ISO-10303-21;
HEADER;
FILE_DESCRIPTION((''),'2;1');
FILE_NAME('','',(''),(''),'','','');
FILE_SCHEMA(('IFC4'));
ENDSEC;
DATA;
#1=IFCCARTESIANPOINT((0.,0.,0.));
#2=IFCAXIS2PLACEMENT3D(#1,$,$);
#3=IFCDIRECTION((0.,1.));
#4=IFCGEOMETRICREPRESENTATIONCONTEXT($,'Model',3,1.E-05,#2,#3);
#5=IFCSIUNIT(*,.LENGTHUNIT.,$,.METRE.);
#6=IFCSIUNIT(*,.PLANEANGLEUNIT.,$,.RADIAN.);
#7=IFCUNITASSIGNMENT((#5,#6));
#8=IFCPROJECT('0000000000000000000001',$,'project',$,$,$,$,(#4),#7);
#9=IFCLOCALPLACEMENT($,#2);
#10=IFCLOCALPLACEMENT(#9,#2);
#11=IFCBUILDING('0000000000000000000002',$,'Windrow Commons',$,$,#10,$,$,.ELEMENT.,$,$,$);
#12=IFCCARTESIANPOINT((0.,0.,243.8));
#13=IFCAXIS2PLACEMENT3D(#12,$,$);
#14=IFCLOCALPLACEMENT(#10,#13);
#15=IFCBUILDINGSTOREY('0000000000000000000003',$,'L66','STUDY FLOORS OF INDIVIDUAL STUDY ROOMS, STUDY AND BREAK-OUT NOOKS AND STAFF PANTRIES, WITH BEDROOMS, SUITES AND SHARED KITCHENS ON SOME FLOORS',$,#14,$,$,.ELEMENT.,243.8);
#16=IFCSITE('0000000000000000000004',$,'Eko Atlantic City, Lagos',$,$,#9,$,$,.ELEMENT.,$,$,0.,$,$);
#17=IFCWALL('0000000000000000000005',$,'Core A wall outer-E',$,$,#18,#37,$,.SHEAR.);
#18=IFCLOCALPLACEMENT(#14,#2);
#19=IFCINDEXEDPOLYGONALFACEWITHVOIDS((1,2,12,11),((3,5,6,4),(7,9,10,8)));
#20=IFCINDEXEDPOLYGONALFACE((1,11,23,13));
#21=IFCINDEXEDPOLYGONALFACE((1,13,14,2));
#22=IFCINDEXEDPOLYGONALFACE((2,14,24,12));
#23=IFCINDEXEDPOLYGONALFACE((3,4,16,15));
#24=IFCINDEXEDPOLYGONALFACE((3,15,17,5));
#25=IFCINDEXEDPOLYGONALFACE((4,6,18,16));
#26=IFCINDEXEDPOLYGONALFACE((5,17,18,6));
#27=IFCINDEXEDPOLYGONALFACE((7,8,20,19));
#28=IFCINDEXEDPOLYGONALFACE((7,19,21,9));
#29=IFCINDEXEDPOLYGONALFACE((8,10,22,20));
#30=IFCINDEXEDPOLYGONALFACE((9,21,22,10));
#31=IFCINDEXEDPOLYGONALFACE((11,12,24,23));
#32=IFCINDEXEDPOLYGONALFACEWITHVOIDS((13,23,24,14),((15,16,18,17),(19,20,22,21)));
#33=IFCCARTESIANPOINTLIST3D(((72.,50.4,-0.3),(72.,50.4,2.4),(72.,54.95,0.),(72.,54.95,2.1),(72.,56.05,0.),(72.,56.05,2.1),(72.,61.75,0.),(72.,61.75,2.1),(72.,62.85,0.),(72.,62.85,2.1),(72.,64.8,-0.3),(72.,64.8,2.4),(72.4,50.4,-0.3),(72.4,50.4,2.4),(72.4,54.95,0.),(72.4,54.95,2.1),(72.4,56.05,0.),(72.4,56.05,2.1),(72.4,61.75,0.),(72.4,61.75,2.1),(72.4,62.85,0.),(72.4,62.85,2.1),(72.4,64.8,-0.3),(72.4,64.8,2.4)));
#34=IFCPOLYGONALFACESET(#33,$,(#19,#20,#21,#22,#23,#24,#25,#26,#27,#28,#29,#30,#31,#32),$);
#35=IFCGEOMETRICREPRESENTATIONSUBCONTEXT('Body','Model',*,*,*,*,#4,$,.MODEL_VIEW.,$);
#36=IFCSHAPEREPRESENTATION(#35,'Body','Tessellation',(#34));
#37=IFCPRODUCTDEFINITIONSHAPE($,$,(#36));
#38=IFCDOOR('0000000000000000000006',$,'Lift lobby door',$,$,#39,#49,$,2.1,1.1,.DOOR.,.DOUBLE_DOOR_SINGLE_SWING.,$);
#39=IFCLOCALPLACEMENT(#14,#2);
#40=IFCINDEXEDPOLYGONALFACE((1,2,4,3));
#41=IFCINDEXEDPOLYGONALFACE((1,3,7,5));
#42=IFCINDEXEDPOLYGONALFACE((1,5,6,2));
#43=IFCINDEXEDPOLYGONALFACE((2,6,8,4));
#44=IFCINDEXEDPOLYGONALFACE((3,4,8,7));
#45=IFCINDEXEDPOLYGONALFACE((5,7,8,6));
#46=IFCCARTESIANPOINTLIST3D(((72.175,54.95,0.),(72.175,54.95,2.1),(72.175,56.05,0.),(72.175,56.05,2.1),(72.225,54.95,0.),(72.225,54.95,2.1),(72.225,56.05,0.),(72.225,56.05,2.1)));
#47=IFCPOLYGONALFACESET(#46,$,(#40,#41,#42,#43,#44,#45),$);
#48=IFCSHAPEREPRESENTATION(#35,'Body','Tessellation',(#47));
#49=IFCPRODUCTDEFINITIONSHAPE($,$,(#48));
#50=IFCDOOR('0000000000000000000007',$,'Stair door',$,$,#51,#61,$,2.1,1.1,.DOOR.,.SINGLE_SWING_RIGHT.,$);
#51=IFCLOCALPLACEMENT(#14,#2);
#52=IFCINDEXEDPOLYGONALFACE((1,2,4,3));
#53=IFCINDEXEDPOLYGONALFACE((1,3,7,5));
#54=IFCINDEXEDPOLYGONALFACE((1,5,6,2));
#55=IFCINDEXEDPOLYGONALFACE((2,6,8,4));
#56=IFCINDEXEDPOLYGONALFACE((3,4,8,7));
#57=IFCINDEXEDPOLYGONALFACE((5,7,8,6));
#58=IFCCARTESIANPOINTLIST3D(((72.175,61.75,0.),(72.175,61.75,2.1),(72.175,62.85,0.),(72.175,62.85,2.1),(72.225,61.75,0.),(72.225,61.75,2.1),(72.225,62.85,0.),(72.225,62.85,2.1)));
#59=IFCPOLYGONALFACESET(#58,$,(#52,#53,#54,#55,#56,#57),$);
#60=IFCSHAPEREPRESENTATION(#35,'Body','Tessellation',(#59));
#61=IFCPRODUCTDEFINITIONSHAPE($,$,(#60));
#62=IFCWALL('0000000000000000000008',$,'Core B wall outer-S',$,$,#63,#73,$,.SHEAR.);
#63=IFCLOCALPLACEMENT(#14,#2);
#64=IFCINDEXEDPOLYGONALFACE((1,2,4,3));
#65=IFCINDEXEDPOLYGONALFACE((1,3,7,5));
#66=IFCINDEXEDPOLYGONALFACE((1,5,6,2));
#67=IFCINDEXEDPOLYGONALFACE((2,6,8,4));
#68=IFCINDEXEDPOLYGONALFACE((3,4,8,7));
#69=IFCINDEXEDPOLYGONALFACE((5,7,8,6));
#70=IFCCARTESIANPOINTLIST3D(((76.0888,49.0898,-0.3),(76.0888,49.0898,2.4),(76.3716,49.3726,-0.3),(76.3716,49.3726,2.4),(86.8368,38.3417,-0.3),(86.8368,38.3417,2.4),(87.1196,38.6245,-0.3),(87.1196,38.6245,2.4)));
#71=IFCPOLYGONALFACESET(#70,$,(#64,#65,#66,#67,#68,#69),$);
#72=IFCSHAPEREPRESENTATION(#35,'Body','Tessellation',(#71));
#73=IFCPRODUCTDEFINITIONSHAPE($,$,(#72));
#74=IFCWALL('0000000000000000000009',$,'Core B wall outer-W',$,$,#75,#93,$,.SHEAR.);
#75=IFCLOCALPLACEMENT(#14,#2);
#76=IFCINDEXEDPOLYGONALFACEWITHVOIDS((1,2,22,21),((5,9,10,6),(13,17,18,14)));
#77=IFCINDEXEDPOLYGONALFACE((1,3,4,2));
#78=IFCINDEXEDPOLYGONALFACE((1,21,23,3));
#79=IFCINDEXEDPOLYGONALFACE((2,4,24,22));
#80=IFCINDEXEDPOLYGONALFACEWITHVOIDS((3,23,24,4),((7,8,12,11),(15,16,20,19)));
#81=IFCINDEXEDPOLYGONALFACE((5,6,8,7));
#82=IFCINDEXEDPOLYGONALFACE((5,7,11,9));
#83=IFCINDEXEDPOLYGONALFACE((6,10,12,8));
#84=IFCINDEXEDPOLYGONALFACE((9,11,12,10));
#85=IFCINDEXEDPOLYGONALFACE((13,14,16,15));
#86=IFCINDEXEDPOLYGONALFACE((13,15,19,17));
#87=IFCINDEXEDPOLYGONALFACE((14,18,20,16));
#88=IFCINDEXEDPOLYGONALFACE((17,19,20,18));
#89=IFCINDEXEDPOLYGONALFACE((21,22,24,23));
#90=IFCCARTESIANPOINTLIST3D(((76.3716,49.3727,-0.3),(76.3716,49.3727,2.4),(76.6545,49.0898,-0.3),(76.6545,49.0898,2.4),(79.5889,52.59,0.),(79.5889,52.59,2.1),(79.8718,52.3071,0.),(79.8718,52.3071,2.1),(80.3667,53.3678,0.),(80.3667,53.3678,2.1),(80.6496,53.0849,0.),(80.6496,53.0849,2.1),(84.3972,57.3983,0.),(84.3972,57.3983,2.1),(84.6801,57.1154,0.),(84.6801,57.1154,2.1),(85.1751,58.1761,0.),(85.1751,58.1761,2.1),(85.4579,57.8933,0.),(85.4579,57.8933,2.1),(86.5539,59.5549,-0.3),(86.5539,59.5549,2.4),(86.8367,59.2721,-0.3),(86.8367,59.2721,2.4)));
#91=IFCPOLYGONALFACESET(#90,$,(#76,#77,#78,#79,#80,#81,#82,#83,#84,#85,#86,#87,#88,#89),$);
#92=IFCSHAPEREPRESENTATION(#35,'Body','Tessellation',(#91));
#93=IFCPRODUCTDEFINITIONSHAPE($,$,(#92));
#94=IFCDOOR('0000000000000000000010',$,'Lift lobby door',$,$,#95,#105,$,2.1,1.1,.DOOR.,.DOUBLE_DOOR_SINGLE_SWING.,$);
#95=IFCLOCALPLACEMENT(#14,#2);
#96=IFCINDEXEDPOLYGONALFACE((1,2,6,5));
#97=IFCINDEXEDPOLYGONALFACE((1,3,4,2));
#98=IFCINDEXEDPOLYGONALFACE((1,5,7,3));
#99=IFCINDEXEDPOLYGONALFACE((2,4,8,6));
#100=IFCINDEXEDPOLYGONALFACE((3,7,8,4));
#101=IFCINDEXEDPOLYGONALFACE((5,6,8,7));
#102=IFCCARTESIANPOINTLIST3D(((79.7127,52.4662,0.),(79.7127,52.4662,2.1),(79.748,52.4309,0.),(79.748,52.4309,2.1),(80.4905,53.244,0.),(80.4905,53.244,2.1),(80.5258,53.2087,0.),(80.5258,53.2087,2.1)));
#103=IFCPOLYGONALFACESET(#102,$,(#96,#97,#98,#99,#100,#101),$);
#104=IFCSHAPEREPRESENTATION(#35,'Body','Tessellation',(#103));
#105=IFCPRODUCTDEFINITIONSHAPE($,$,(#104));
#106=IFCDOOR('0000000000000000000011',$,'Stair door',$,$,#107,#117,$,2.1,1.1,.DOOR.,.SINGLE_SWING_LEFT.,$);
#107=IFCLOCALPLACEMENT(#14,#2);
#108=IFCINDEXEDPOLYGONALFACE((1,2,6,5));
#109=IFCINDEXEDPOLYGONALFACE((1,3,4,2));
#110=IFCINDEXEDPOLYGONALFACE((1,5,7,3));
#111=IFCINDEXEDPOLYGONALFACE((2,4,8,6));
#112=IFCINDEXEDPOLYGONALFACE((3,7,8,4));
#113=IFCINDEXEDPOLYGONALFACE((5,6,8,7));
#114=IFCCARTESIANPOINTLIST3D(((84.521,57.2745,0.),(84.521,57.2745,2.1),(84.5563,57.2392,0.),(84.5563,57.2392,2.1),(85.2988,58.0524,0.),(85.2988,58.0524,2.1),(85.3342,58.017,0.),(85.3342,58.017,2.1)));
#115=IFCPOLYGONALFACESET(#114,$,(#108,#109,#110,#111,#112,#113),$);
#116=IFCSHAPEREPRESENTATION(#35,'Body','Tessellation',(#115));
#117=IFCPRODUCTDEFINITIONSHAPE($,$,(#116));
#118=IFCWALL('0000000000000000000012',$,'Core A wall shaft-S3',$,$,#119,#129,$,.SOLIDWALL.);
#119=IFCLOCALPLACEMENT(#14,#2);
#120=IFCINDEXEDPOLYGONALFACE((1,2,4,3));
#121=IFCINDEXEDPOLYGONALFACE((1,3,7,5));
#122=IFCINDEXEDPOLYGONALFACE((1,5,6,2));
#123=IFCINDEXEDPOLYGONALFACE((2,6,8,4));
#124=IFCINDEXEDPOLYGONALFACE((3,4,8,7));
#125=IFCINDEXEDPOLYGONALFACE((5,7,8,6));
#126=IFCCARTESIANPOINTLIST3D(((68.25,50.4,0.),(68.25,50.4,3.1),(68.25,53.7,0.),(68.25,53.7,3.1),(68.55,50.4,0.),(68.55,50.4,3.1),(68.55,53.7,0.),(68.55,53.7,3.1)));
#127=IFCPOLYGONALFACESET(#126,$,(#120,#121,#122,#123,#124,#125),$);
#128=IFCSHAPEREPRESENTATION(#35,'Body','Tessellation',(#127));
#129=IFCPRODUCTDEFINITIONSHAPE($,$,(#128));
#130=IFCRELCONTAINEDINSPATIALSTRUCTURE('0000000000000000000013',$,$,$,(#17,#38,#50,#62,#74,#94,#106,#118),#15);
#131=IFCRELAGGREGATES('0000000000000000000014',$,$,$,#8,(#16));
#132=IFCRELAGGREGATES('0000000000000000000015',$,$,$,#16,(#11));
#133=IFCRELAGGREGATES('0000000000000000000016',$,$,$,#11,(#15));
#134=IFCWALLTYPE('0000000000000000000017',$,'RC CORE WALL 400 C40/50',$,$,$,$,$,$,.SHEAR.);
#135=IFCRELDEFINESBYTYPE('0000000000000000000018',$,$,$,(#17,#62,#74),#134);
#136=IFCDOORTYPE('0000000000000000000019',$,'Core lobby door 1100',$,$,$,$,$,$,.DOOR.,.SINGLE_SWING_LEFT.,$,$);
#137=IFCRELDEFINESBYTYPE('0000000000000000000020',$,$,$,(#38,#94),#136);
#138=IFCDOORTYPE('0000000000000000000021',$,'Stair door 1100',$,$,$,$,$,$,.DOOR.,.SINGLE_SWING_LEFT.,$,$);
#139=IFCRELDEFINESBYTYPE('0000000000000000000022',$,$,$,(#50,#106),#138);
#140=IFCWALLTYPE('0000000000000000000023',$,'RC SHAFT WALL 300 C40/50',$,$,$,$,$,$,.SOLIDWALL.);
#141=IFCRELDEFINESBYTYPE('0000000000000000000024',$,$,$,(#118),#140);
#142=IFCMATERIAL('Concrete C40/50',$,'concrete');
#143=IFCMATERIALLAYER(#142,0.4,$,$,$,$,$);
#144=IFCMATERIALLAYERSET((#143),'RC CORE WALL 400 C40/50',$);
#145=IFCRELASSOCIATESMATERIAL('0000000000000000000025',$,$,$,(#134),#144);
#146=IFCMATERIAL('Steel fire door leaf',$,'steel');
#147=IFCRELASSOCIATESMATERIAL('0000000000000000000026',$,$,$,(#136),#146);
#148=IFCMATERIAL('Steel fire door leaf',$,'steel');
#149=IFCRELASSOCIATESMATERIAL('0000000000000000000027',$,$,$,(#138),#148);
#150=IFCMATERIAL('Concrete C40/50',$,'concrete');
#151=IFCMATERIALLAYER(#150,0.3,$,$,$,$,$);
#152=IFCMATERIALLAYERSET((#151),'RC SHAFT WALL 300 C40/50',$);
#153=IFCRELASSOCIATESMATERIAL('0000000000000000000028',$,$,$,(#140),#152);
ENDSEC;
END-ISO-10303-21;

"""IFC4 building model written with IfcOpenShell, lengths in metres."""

from ifc_helpers import new_model, si_unit, direction, frame, frame_2d, origin, place, context, subcontext, project, spatial, rectangle, extrude, material, layer, layer_set, type_object, element, fill, save


model = new_model("IFC4")

# Units and contexts
model_context = context("Model", 3, precision=1e-05, world=origin(), true_north=direction((0.0, 1.0)))
body_context = subcontext(model_context, "Body", "Model", "MODEL_VIEW")
ifc_project = project(units=[si_unit("LENGTHUNIT", "METRE"), si_unit("PLANEANGLEUNIT", "RADIAN")], contexts=[model_context])

# Site, building, storey
site_placement = place(None, origin())
site = spatial("IfcSite", under=ifc_project, at=site_placement, Name="Eko Atlantic City, Lagos", CompositionType="ELEMENT", RefElevation=0.0)
building_placement = place(site_placement, origin())
building = spatial("IfcBuilding", under=site, at=building_placement, Name="Windrow Commons", CompositionType="ELEMENT")
storey_placement = place(building_placement, frame((0.0, 0.0, 243.8)))
storey = spatial("IfcBuildingStorey", under=building, at=storey_placement, Name="L66", Description="STUDY FLOORS OF INDIVIDUAL STUDY ROOMS, STUDY AND BREAK-OUT NOOKS AND STAFF PANTRIES, WITH BEDROOMS, SUITES AND SHARED KITCHENS ON SOME FLOORS", CompositionType="ELEMENT", Elevation=243.8)

# Wall, openings, doors
ifc_material_1 = material(Name="Concrete C40/50", Category="concrete")
ifc_layer_1 = layer(ifc_material_1, 0.4)
ifc_layer_set_1 = layer_set([ifc_layer_1], Name="RC CORE WALL 400 C40/50")
wall_type_1 = type_object("IfcWallType", Name="RC CORE WALL 400 C40/50", PredefinedType="SHEAR", material=ifc_layer_set_1)
wall_1_placement = place(storey_placement, frame((72.2, 50.4, -0.3), z_axis=(0.0, 0.0, 1.0), x_axis=(0.0, 1.0, 0.0)))
wall_1 = element("IfcWall", 1, at=wall_1_placement, inside=storey, type_object=wall_type_1, Name="Core A wall outer-E", PredefinedType="SHEAR", context=body_context, shape_type="SweptSolid", body=[
    extrude(rectangle(XDim=14.4, YDim=0.4, at=frame_2d((7.2, 0.0))), origin(), (0.0, 0.0, 1.0), 2.7),
])
opening_1_placement = place(wall_1_placement, frame((4.55, 0.0, 0.3)))
opening_1 = element("IfcOpeningElement", 2, at=opening_1_placement, cuts=wall_1, PredefinedType="OPENING", context=body_context, shape_type="SweptSolid", body=[
    extrude(rectangle(XDim=1.1, YDim=2.1, at=frame_2d((0.55, 1.05))), frame((0.0, 0.21, 0.0), z_axis=(0.0, -1.0, 0.0), x_axis=(1.0, 0.0, 0.0)), (0.0, 0.0, 1.0), 0.42),
])
opening_2_placement = place(wall_1_placement, frame((11.35, 0.0, 0.3)))
opening_2 = element("IfcOpeningElement", 3, at=opening_2_placement, cuts=wall_1, PredefinedType="OPENING", context=body_context, shape_type="SweptSolid", body=[
    extrude(rectangle(XDim=1.1, YDim=2.1, at=frame_2d((0.55, 1.05))), frame((0.0, 0.21, 0.0), z_axis=(0.0, -1.0, 0.0), x_axis=(1.0, 0.0, 0.0)), (0.0, 0.0, 1.0), 0.42),
])
ifc_material_2 = material(Name="Steel fire door leaf", Category="steel")
door_type_1 = type_object("IfcDoorType", Name="Core lobby door 1100", OperationType="SINGLE_SWING_LEFT", PredefinedType="DOOR", material=ifc_material_2)
door_1_placement = place(opening_1_placement, origin())
door_1 = element("IfcDoor", 4, at=door_1_placement, inside=storey, type_object=door_type_1, Name="Lift lobby door", OperationType="DOUBLE_DOOR_SINGLE_SWING", OverallHeight=2.1, OverallWidth=1.1, PredefinedType="DOOR", context=body_context, shape_type="SweptSolid", body=[
    extrude(rectangle(XDim=1.1, YDim=2.1, at=frame_2d((0.55, 1.05))), frame((0.0, 0.025, 0.0), z_axis=(0.0, -1.0, 0.0), x_axis=(1.0, 0.0, 0.0)), (0.0, 0.0, 1.0), 0.05),
])
fill(opening_1, door_1)
ifc_material_3 = material(Name="Steel fire door leaf", Category="steel")
door_type_2 = type_object("IfcDoorType", Name="Stair door 1100", OperationType="SINGLE_SWING_LEFT", PredefinedType="DOOR", material=ifc_material_3)
door_2_placement = place(opening_2_placement, origin())
door_2 = element("IfcDoor", 5, at=door_2_placement, inside=storey, type_object=door_type_2, Name="Stair door", OperationType="SINGLE_SWING_RIGHT", OverallHeight=2.1, OverallWidth=1.1, PredefinedType="DOOR", context=body_context, shape_type="SweptSolid", body=[
    extrude(rectangle(XDim=1.1, YDim=2.1, at=frame_2d((0.55, 1.05))), frame((0.0, 0.025, 0.0), z_axis=(0.0, -1.0, 0.0), x_axis=(1.0, 0.0, 0.0)), (0.0, 0.0, 1.0), 0.05),
])
fill(opening_2, door_2)

# Wall
wall_2_placement = place(storey_placement, frame((76.2302, 49.2312, -0.3), z_axis=(0.0, 0.0, 1.0), x_axis=(0.707103, -0.70711, 0.0)))
element("IfcWall", 6, at=wall_2_placement, inside=storey, type_object=wall_type_1, Name="Core B wall outer-S", PredefinedType="SHEAR", context=body_context, shape_type="SweptSolid", body=[
    extrude(rectangle(XDim=15.2, YDim=0.4, at=frame_2d((7.6, 0.0))), origin(), (0.0, 0.0, 1.0), 2.7),
])

# Wall, openings, doors
wall_3_placement = place(storey_placement, frame((76.513, 49.2312, -0.3), z_axis=(0.0, 0.0, 1.0), x_axis=(0.707107, 0.707107, 0.0)))
wall_3 = element("IfcWall", 7, at=wall_3_placement, inside=storey, type_object=wall_type_1, Name="Core B wall outer-W", PredefinedType="SHEAR", context=body_context, shape_type="SweptSolid", body=[
    extrude(rectangle(XDim=14.3999, YDim=0.4, at=frame_2d((7.2, 0.0))), origin(), (0.0, 0.0, 1.0), 2.7),
])
opening_3_placement = place(wall_3_placement, frame((4.55, 0.0, 0.3)))
opening_3 = element("IfcOpeningElement", 8, at=opening_3_placement, cuts=wall_3, PredefinedType="OPENING", context=body_context, shape_type="SweptSolid", body=[
    extrude(rectangle(XDim=1.1, YDim=2.1, at=frame_2d((0.55, 1.05))), frame((0.0, 0.21, 0.0), z_axis=(0.0, -1.0, 0.0), x_axis=(1.0, 0.0, 0.0)), (0.0, 0.0, 1.0), 0.42),
])
opening_4_placement = place(wall_3_placement, frame((11.35, 0.0, 0.3)))
opening_4 = element("IfcOpeningElement", 9, at=opening_4_placement, cuts=wall_3, PredefinedType="OPENING", context=body_context, shape_type="SweptSolid", body=[
    extrude(rectangle(XDim=1.1, YDim=2.1, at=frame_2d((0.55, 1.05))), frame((0.0, 0.21, 0.0), z_axis=(0.0, -1.0, 0.0), x_axis=(1.0, 0.0, 0.0)), (0.0, 0.0, 1.0), 0.42),
])
door_3_placement = place(opening_3_placement, origin())
door_3 = element("IfcDoor", 10, at=door_3_placement, inside=storey, type_object=door_type_1, Name="Lift lobby door", OperationType="DOUBLE_DOOR_SINGLE_SWING", OverallHeight=2.1, OverallWidth=1.1, PredefinedType="DOOR", context=body_context, shape_type="SweptSolid", body=[
    extrude(rectangle(XDim=1.1, YDim=2.1, at=frame_2d((0.55, 1.05))), frame((0.0, 0.025, 0.0), z_axis=(0.0, -1.0, 0.0), x_axis=(1.0, 0.0, 0.0)), (0.0, 0.0, 1.0), 0.05),
])
fill(opening_3, door_3)
door_4_placement = place(opening_4_placement, origin())
door_4 = element("IfcDoor", 11, at=door_4_placement, inside=storey, type_object=door_type_2, Name="Stair door", OperationType="SINGLE_SWING_LEFT", OverallHeight=2.1, OverallWidth=1.1, PredefinedType="DOOR", context=body_context, shape_type="SweptSolid", body=[
    extrude(rectangle(XDim=1.1, YDim=2.1, at=frame_2d((0.55, 1.05))), frame((0.0, 0.025, 0.0), z_axis=(0.0, -1.0, 0.0), x_axis=(1.0, 0.0, 0.0)), (0.0, 0.0, 1.0), 0.05),
])
fill(opening_4, door_4)

# Wall
ifc_material_4 = material(Name="Concrete C40/50", Category="concrete")
ifc_layer_2 = layer(ifc_material_4, 0.3)
ifc_layer_set_2 = layer_set([ifc_layer_2], Name="RC SHAFT WALL 300 C40/50")
wall_type_2 = type_object("IfcWallType", Name="RC SHAFT WALL 300 C40/50", PredefinedType="SOLIDWALL", material=ifc_layer_set_2)
wall_4_placement = place(storey_placement, frame((68.4, 50.4, 0.0), z_axis=(0.0, 0.0, 1.0), x_axis=(0.0, 1.0, 0.0)))
element("IfcWall", 12, at=wall_4_placement, inside=storey, type_object=wall_type_2, Name="Core A wall shaft-S3", PredefinedType="SOLIDWALL", context=body_context, shape_type="SweptSolid", body=[
    extrude(rectangle(XDim=3.3, YDim=0.3, at=frame_2d((1.65, 0.0))), origin(), (0.0, 0.0, 1.0), 3.1),
])

save(model, "model.ifc")
